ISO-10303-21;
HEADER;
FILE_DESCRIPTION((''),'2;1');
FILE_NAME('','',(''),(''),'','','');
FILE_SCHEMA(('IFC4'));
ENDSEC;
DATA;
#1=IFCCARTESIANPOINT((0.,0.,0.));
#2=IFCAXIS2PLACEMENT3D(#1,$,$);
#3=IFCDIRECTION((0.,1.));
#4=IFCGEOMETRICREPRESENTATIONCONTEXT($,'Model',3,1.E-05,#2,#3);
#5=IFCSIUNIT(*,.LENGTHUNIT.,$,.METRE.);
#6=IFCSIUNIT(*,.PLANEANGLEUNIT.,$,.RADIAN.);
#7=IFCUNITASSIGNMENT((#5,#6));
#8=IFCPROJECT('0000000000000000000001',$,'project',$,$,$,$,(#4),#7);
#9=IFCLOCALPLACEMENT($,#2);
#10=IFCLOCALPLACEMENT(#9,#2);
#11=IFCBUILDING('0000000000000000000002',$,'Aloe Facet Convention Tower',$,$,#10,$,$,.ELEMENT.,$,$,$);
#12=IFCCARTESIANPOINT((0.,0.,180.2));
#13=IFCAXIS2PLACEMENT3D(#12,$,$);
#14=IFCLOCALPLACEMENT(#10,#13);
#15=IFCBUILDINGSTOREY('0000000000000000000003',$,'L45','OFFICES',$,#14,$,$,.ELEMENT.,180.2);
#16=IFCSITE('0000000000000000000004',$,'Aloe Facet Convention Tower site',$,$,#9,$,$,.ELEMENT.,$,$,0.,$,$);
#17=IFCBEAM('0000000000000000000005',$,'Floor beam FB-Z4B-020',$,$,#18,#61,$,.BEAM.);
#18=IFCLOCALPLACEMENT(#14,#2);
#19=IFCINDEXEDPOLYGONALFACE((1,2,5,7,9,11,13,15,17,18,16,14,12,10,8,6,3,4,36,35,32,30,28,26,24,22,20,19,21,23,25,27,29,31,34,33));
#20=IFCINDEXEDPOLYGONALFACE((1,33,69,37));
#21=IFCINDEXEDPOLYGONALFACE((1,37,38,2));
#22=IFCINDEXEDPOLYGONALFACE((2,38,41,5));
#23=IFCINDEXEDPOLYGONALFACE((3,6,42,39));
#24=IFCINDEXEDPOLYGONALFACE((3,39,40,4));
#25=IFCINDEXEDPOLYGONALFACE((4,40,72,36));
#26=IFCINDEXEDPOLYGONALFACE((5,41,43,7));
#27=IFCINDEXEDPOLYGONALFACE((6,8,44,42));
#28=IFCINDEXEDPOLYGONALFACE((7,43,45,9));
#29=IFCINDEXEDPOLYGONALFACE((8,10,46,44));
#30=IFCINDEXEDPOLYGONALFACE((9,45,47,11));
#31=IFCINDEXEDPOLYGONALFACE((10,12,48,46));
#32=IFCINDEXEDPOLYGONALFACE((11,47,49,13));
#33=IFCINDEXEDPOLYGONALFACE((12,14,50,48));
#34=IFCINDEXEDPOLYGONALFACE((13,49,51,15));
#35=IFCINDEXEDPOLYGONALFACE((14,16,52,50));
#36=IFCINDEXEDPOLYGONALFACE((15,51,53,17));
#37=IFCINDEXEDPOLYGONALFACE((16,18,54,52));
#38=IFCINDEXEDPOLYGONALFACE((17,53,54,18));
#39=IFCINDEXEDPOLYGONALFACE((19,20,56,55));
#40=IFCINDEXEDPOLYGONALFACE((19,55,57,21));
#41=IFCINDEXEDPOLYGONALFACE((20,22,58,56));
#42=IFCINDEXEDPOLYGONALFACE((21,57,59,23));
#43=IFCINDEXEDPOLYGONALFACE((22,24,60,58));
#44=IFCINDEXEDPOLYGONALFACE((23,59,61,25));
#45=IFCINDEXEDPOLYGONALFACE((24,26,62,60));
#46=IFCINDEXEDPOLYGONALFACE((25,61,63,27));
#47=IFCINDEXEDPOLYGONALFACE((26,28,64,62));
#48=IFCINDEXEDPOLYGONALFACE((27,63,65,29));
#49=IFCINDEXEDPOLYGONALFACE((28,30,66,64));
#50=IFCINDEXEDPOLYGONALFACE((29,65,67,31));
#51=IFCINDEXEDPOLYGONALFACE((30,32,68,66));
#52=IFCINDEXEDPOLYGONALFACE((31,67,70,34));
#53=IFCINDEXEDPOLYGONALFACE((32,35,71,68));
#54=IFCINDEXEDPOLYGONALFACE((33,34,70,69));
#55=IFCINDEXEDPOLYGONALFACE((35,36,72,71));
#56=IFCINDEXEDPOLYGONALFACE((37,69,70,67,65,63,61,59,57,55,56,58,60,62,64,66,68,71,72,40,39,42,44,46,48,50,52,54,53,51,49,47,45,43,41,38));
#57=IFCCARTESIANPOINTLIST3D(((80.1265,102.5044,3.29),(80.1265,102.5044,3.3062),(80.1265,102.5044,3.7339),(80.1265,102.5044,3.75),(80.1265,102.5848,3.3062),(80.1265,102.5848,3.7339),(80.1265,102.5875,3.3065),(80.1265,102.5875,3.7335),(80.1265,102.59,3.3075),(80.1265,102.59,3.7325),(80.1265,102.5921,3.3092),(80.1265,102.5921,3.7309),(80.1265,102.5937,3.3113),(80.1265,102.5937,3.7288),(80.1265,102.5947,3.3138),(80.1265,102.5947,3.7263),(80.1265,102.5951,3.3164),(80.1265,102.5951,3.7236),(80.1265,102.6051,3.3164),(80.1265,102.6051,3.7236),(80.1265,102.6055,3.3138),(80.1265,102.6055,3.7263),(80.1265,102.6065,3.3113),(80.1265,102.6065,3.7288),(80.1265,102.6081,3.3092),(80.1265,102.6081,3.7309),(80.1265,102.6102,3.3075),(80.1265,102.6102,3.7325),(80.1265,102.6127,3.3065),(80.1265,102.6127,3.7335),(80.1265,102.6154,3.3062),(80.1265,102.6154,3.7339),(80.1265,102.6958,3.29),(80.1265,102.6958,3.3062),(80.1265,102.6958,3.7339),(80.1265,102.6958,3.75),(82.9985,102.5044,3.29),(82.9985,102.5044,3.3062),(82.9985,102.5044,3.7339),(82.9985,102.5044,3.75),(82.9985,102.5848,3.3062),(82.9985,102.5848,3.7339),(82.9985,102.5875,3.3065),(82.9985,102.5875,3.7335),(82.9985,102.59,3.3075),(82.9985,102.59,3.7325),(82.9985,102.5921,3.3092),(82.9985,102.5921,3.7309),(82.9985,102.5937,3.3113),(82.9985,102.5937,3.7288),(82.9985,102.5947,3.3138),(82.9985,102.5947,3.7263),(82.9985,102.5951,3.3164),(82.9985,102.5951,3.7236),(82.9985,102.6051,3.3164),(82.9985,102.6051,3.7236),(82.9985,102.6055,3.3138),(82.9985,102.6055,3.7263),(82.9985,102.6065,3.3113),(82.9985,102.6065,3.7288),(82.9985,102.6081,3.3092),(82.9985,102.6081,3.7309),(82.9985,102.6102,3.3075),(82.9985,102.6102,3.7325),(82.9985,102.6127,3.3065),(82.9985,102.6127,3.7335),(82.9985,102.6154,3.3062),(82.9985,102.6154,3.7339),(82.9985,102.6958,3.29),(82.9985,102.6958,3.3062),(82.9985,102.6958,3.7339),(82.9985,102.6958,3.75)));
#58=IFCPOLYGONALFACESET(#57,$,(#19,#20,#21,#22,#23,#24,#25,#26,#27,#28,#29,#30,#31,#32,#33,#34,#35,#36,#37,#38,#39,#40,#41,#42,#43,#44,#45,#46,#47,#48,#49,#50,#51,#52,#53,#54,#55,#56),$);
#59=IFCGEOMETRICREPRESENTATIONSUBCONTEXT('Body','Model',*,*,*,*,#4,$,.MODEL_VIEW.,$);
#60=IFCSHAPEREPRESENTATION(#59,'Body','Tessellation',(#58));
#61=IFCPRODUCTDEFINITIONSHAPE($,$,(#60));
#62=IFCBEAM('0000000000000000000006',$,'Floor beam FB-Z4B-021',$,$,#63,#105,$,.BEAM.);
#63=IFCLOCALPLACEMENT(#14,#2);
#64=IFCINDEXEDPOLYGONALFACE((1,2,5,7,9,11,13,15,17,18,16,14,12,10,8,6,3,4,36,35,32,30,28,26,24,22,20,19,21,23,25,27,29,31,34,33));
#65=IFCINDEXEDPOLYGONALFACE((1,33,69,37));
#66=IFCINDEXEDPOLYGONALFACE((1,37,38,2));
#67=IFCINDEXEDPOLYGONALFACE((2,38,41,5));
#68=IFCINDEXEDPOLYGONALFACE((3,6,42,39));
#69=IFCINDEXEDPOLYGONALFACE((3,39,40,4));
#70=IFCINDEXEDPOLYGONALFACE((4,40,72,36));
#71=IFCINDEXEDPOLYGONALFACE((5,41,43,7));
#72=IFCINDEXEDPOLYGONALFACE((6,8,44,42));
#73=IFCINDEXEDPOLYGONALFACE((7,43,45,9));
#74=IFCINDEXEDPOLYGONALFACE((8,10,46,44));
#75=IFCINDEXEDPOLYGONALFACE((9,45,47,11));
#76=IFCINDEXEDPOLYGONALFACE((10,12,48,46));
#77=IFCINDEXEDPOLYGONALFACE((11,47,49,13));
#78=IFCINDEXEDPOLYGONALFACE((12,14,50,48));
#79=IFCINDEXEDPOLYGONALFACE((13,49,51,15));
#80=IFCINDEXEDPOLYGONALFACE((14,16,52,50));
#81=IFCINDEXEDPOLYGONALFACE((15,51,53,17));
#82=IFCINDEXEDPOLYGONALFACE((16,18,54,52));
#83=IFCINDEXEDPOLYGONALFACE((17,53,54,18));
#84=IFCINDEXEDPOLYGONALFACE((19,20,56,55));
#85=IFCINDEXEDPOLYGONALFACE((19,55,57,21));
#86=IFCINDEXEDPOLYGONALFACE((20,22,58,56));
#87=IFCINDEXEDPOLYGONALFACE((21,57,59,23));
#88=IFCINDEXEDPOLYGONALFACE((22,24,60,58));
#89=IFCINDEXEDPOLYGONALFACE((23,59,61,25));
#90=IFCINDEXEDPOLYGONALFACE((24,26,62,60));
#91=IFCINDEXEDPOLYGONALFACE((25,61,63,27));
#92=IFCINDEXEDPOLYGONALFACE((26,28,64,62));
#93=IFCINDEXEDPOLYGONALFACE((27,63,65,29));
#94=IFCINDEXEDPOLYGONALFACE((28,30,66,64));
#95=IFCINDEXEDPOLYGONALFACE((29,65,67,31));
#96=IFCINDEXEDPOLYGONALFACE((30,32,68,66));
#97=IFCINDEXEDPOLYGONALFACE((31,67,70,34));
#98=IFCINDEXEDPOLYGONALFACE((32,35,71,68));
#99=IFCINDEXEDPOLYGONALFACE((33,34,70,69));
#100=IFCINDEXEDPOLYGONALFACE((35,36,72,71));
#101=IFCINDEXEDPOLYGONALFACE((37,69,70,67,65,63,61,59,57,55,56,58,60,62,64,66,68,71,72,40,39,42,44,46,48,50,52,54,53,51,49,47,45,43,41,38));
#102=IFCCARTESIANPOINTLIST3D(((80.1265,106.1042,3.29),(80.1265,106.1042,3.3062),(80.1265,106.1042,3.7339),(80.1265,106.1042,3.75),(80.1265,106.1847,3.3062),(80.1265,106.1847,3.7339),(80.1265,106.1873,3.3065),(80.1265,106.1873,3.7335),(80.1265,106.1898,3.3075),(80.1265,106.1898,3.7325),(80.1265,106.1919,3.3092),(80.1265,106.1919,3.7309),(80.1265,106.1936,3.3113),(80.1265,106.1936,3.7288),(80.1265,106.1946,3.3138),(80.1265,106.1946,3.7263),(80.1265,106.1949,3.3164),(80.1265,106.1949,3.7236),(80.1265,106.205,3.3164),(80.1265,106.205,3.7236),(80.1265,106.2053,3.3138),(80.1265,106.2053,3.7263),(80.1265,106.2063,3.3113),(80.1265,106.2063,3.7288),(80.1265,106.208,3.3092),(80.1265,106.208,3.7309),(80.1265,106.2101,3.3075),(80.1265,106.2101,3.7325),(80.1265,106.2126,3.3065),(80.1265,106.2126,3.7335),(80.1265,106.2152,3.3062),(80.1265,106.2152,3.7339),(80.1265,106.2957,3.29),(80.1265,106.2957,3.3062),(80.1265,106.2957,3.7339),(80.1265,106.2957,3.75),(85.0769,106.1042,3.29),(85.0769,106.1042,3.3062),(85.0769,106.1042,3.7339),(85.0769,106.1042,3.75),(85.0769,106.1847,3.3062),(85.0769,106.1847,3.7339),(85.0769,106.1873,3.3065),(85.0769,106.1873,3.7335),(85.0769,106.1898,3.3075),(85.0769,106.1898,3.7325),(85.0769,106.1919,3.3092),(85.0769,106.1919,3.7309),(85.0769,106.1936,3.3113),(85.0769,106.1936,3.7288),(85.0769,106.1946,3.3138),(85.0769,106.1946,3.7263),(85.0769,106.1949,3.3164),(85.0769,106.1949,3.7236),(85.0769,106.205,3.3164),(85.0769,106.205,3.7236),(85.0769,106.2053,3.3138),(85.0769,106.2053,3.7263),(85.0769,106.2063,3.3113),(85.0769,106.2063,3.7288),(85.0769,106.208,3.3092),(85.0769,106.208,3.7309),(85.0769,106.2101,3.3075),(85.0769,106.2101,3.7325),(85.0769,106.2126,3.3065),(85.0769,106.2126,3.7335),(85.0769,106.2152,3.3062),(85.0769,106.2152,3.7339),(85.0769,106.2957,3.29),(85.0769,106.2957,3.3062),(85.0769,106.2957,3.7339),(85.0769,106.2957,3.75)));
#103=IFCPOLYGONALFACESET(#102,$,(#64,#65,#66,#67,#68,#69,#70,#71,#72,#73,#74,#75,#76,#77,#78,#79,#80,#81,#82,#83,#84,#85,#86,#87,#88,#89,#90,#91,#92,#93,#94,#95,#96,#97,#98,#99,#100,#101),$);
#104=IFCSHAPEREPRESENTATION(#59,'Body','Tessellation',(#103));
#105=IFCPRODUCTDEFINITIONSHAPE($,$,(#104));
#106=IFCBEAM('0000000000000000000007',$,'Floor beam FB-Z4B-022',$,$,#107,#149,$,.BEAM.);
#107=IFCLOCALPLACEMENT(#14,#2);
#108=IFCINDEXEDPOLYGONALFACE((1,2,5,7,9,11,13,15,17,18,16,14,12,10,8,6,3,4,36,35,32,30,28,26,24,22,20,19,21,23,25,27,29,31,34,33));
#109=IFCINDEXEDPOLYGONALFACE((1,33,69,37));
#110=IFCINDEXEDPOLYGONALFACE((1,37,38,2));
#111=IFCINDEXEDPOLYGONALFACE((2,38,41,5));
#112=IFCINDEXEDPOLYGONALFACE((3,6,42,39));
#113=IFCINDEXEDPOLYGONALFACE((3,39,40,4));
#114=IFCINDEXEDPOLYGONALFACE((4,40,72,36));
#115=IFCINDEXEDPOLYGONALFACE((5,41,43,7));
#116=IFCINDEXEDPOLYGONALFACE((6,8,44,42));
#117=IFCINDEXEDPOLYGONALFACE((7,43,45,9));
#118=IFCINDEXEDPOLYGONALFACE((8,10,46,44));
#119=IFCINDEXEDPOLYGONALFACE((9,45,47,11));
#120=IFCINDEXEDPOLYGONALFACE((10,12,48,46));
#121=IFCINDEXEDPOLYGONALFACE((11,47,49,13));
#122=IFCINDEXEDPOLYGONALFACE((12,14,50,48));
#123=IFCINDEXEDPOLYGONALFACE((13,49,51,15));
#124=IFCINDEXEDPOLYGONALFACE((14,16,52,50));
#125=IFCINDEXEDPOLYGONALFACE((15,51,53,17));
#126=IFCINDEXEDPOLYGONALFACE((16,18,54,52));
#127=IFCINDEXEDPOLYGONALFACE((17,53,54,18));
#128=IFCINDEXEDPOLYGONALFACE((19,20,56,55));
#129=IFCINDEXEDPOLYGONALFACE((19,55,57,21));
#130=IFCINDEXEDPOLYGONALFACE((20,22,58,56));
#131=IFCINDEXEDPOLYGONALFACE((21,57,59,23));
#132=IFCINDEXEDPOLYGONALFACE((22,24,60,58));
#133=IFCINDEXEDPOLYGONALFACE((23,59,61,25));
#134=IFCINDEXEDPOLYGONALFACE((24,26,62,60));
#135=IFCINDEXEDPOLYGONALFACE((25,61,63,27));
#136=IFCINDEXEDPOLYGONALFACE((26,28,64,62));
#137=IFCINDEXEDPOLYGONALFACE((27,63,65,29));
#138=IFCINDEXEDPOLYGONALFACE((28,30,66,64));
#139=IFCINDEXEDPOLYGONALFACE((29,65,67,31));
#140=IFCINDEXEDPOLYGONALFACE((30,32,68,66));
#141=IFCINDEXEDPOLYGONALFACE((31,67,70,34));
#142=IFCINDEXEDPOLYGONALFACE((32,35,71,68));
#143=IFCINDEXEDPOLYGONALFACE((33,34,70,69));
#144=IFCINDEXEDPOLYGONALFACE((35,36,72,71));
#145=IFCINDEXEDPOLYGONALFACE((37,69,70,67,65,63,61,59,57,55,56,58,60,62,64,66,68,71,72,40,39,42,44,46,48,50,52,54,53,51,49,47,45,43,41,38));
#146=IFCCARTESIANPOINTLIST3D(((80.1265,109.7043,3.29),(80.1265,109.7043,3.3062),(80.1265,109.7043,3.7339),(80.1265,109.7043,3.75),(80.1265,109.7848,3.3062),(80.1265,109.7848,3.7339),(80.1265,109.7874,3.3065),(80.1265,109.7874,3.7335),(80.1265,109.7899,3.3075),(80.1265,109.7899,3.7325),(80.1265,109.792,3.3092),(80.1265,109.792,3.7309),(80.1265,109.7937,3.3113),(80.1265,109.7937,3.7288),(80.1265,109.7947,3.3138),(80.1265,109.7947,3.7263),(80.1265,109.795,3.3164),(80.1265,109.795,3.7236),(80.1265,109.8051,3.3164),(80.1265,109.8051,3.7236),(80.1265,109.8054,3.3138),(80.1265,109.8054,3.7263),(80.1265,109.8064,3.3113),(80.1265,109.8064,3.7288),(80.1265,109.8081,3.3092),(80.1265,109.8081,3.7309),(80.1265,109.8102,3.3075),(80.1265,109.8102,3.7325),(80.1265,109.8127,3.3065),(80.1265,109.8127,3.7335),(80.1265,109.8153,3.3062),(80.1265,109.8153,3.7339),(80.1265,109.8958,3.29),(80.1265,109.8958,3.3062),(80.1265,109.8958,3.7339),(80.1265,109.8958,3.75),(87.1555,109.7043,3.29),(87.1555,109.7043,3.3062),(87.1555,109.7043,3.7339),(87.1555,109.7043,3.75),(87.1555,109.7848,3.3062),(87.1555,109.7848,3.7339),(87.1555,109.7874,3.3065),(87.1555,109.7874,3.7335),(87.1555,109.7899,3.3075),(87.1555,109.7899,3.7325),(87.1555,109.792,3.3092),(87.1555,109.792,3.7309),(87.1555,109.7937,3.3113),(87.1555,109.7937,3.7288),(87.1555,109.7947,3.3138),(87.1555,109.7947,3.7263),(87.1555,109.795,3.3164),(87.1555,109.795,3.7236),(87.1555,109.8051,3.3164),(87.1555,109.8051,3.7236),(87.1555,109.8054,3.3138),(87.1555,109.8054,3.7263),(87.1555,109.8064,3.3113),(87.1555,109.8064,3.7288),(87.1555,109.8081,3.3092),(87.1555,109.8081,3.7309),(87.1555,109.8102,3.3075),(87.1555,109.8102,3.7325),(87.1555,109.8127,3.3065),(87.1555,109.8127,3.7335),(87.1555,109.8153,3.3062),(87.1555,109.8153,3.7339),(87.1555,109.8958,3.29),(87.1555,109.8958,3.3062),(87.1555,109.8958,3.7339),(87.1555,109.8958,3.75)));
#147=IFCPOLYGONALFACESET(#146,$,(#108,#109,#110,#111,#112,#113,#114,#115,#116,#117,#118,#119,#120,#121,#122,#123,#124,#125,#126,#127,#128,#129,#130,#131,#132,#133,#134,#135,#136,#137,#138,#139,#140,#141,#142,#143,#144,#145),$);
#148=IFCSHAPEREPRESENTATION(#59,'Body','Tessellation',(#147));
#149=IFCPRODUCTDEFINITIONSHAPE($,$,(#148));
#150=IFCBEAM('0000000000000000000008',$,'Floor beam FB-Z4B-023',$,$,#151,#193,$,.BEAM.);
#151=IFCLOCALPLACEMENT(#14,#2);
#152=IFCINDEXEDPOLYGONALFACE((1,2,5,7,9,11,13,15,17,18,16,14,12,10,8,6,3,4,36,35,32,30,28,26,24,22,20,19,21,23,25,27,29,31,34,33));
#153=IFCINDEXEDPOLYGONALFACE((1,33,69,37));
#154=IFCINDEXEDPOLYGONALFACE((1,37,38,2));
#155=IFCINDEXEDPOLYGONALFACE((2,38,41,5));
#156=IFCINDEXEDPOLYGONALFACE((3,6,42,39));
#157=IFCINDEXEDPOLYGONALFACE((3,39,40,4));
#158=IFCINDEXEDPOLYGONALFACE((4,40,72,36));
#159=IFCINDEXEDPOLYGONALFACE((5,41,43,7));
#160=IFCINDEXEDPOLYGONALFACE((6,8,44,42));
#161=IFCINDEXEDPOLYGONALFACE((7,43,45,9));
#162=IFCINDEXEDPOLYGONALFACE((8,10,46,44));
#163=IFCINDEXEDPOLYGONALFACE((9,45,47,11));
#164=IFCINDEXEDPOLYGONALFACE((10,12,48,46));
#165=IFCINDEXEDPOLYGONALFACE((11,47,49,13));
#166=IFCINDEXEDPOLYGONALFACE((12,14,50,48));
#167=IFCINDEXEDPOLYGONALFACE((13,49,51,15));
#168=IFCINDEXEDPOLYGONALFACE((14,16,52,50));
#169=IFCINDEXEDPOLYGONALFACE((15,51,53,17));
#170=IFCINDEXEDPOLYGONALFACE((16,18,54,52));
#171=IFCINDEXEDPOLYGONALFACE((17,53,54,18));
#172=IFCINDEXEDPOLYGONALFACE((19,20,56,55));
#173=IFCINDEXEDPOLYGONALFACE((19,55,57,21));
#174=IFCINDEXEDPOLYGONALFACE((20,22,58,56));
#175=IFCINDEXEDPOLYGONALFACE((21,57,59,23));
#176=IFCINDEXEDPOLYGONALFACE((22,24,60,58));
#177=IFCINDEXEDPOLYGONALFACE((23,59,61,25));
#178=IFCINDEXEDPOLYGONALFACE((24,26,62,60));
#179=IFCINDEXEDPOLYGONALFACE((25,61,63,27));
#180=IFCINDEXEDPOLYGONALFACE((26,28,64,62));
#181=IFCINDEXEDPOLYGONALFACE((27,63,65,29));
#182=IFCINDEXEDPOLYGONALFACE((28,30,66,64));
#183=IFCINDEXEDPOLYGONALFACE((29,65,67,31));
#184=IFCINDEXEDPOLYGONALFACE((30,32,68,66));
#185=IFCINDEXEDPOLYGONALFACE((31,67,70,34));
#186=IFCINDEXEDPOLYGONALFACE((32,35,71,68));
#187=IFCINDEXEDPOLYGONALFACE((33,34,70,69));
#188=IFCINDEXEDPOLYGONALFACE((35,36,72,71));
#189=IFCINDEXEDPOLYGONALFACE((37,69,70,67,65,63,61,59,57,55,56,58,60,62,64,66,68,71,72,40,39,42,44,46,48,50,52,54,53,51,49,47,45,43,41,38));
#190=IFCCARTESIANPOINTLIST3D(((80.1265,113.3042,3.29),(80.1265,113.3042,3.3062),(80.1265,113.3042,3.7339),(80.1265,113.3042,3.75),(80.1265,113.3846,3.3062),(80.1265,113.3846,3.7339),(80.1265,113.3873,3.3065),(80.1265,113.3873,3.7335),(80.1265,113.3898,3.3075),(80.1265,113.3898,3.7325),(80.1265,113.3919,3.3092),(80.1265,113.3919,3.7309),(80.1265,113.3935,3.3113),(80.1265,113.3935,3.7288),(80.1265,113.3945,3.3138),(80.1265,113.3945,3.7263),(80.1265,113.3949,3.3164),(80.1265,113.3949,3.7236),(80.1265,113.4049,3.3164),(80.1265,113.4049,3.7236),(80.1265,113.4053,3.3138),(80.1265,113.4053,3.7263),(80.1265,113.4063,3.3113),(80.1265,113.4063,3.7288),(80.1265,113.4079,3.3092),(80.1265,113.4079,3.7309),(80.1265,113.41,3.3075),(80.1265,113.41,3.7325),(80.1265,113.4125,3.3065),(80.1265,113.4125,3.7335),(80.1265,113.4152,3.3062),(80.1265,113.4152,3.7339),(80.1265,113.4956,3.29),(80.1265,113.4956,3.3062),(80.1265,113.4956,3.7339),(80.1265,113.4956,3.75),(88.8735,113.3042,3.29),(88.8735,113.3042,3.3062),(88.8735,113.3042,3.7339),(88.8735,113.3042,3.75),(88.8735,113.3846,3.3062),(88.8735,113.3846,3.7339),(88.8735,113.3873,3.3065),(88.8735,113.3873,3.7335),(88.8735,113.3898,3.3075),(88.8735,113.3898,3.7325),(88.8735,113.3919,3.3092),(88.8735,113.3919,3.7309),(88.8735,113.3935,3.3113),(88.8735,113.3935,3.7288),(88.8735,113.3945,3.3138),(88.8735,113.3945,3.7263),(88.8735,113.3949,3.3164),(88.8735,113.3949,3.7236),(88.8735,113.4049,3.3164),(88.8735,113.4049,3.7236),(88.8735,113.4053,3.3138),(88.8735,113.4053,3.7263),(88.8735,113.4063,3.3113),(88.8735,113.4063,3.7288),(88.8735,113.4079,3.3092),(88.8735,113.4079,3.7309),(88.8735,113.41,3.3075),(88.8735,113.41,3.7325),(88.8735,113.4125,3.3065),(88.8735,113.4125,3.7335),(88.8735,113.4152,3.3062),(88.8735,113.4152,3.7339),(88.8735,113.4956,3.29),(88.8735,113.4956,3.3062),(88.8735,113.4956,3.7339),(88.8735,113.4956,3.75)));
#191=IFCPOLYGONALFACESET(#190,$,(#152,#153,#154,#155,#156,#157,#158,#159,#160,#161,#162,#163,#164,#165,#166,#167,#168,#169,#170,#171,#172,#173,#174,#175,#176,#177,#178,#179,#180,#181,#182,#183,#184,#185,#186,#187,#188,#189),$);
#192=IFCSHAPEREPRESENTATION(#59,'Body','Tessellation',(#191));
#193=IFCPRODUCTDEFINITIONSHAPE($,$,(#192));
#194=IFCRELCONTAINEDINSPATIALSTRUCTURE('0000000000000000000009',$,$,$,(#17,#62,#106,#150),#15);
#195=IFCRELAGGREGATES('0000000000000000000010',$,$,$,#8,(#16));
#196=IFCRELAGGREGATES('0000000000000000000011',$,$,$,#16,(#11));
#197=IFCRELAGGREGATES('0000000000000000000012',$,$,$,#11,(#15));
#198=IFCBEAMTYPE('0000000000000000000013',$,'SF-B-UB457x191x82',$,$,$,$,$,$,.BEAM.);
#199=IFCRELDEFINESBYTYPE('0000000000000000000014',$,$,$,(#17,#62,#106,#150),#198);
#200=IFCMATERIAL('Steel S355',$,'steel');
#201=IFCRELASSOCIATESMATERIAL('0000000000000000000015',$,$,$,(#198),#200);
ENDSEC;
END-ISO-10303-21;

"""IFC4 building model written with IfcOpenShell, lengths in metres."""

from ifc_helpers import new_model, si_unit, direction, frame, origin, origin_2d, place, context, subcontext, project, spatial, i_section, extrude, material, material_profile, profile_set, type_object, element, save


model = new_model("IFC4")

# Units and contexts
model_context = context("Model", 3, precision=1e-05, world=origin(), true_north=direction((0.0, 1.0)))
body_context = subcontext(model_context, "Body", "Model", "MODEL_VIEW")
ifc_project = project(units=[si_unit("LENGTHUNIT", "METRE"), si_unit("PLANEANGLEUNIT", "RADIAN")], contexts=[model_context])

# Site, building, storey
site_placement = place(None, origin())
site = spatial("IfcSite", under=ifc_project, at=site_placement, Name="Aloe Facet Convention Tower site", CompositionType="ELEMENT", RefElevation=0.0)
building_placement = place(site_placement, origin())
building = spatial("IfcBuilding", under=site, at=building_placement, Name="Aloe Facet Convention Tower", CompositionType="ELEMENT")
storey_placement = place(building_placement, frame((0.0, 0.0, 180.2)))
storey = spatial("IfcBuildingStorey", under=building, at=storey_placement, Name="L45", Description="OFFICES", CompositionType="ELEMENT", Elevation=180.2)

# Beams
ifc_material_1 = material(Name="Steel S355", Category="steel")
ifc_material_profile_1 = material_profile(ifc_material_1, i_section(OverallWidth=0.1914, OverallDepth=0.46, WebThickness=0.01, FlangeThickness=0.0161, FilletRadius=0.0103, at=origin_2d()), Name="UB 457x191x82")
ifc_profile_set_1 = profile_set([ifc_material_profile_1], Name="Steel S355")
beam_type_1 = type_object("IfcBeamType", Name="SF-B-UB457x191x82", PredefinedType="BEAM", material=ifc_profile_set_1)
beam_1_placement = place(storey_placement, frame((80.1265, 102.6001, 3.52), z_axis=(1.0, 0.0, 0.0), x_axis=(0.0, 1.0, 0.0)))
element("IfcBeam", 1, at=beam_1_placement, inside=storey, type_object=beam_type_1, Name="Floor beam FB-Z4B-020", PredefinedType="BEAM", context=body_context, shape_type="SweptSolid", body=[
    extrude(i_section(OverallWidth=0.1914, OverallDepth=0.46, WebThickness=0.01, FlangeThickness=0.0161, FilletRadius=0.0103, at=origin_2d()), origin(), (0.0, 0.0, 1.0), 2.8721),
])
beam_2_placement = place(storey_placement, frame((80.1265, 106.2, 3.52), z_axis=(1.0, 0.0, 0.0), x_axis=(0.0, 1.0, 0.0)))
element("IfcBeam", 2, at=beam_2_placement, inside=storey, type_object=beam_type_1, Name="Floor beam FB-Z4B-021", PredefinedType="BEAM", context=body_context, shape_type="SweptSolid", body=[
    extrude(i_section(OverallWidth=0.1914, OverallDepth=0.46, WebThickness=0.01, FlangeThickness=0.0161, FilletRadius=0.0103, at=origin_2d()), origin(), (0.0, 0.0, 1.0), 4.9504),
])
beam_3_placement = place(storey_placement, frame((80.1265, 109.8, 3.52), z_axis=(1.0, 0.0, 0.0), x_axis=(0.0, 1.0, 0.0)))
element("IfcBeam", 3, at=beam_3_placement, inside=storey, type_object=beam_type_1, Name="Floor beam FB-Z4B-022", PredefinedType="BEAM", context=body_context, shape_type="SweptSolid", body=[
    extrude(i_section(OverallWidth=0.1914, OverallDepth=0.46, WebThickness=0.01, FlangeThickness=0.0161, FilletRadius=0.0103, at=origin_2d()), origin(), (0.0, 0.0, 1.0), 7.0291),
])
beam_4_placement = place(storey_placement, frame((80.1265, 113.3999, 3.52), z_axis=(1.0, 0.0, 0.0), x_axis=(0.0, 1.0, 0.0)))
element("IfcBeam", 4, at=beam_4_placement, inside=storey, type_object=beam_type_1, Name="Floor beam FB-Z4B-023", PredefinedType="BEAM", context=body_context, shape_type="SweptSolid", body=[
    extrude(i_section(OverallWidth=0.1914, OverallDepth=0.46, WebThickness=0.01, FlangeThickness=0.0161, FilletRadius=0.0103, at=origin_2d()), origin(), (0.0, 0.0, 1.0), 8.7471),
])

save(model, "model.ifc")
